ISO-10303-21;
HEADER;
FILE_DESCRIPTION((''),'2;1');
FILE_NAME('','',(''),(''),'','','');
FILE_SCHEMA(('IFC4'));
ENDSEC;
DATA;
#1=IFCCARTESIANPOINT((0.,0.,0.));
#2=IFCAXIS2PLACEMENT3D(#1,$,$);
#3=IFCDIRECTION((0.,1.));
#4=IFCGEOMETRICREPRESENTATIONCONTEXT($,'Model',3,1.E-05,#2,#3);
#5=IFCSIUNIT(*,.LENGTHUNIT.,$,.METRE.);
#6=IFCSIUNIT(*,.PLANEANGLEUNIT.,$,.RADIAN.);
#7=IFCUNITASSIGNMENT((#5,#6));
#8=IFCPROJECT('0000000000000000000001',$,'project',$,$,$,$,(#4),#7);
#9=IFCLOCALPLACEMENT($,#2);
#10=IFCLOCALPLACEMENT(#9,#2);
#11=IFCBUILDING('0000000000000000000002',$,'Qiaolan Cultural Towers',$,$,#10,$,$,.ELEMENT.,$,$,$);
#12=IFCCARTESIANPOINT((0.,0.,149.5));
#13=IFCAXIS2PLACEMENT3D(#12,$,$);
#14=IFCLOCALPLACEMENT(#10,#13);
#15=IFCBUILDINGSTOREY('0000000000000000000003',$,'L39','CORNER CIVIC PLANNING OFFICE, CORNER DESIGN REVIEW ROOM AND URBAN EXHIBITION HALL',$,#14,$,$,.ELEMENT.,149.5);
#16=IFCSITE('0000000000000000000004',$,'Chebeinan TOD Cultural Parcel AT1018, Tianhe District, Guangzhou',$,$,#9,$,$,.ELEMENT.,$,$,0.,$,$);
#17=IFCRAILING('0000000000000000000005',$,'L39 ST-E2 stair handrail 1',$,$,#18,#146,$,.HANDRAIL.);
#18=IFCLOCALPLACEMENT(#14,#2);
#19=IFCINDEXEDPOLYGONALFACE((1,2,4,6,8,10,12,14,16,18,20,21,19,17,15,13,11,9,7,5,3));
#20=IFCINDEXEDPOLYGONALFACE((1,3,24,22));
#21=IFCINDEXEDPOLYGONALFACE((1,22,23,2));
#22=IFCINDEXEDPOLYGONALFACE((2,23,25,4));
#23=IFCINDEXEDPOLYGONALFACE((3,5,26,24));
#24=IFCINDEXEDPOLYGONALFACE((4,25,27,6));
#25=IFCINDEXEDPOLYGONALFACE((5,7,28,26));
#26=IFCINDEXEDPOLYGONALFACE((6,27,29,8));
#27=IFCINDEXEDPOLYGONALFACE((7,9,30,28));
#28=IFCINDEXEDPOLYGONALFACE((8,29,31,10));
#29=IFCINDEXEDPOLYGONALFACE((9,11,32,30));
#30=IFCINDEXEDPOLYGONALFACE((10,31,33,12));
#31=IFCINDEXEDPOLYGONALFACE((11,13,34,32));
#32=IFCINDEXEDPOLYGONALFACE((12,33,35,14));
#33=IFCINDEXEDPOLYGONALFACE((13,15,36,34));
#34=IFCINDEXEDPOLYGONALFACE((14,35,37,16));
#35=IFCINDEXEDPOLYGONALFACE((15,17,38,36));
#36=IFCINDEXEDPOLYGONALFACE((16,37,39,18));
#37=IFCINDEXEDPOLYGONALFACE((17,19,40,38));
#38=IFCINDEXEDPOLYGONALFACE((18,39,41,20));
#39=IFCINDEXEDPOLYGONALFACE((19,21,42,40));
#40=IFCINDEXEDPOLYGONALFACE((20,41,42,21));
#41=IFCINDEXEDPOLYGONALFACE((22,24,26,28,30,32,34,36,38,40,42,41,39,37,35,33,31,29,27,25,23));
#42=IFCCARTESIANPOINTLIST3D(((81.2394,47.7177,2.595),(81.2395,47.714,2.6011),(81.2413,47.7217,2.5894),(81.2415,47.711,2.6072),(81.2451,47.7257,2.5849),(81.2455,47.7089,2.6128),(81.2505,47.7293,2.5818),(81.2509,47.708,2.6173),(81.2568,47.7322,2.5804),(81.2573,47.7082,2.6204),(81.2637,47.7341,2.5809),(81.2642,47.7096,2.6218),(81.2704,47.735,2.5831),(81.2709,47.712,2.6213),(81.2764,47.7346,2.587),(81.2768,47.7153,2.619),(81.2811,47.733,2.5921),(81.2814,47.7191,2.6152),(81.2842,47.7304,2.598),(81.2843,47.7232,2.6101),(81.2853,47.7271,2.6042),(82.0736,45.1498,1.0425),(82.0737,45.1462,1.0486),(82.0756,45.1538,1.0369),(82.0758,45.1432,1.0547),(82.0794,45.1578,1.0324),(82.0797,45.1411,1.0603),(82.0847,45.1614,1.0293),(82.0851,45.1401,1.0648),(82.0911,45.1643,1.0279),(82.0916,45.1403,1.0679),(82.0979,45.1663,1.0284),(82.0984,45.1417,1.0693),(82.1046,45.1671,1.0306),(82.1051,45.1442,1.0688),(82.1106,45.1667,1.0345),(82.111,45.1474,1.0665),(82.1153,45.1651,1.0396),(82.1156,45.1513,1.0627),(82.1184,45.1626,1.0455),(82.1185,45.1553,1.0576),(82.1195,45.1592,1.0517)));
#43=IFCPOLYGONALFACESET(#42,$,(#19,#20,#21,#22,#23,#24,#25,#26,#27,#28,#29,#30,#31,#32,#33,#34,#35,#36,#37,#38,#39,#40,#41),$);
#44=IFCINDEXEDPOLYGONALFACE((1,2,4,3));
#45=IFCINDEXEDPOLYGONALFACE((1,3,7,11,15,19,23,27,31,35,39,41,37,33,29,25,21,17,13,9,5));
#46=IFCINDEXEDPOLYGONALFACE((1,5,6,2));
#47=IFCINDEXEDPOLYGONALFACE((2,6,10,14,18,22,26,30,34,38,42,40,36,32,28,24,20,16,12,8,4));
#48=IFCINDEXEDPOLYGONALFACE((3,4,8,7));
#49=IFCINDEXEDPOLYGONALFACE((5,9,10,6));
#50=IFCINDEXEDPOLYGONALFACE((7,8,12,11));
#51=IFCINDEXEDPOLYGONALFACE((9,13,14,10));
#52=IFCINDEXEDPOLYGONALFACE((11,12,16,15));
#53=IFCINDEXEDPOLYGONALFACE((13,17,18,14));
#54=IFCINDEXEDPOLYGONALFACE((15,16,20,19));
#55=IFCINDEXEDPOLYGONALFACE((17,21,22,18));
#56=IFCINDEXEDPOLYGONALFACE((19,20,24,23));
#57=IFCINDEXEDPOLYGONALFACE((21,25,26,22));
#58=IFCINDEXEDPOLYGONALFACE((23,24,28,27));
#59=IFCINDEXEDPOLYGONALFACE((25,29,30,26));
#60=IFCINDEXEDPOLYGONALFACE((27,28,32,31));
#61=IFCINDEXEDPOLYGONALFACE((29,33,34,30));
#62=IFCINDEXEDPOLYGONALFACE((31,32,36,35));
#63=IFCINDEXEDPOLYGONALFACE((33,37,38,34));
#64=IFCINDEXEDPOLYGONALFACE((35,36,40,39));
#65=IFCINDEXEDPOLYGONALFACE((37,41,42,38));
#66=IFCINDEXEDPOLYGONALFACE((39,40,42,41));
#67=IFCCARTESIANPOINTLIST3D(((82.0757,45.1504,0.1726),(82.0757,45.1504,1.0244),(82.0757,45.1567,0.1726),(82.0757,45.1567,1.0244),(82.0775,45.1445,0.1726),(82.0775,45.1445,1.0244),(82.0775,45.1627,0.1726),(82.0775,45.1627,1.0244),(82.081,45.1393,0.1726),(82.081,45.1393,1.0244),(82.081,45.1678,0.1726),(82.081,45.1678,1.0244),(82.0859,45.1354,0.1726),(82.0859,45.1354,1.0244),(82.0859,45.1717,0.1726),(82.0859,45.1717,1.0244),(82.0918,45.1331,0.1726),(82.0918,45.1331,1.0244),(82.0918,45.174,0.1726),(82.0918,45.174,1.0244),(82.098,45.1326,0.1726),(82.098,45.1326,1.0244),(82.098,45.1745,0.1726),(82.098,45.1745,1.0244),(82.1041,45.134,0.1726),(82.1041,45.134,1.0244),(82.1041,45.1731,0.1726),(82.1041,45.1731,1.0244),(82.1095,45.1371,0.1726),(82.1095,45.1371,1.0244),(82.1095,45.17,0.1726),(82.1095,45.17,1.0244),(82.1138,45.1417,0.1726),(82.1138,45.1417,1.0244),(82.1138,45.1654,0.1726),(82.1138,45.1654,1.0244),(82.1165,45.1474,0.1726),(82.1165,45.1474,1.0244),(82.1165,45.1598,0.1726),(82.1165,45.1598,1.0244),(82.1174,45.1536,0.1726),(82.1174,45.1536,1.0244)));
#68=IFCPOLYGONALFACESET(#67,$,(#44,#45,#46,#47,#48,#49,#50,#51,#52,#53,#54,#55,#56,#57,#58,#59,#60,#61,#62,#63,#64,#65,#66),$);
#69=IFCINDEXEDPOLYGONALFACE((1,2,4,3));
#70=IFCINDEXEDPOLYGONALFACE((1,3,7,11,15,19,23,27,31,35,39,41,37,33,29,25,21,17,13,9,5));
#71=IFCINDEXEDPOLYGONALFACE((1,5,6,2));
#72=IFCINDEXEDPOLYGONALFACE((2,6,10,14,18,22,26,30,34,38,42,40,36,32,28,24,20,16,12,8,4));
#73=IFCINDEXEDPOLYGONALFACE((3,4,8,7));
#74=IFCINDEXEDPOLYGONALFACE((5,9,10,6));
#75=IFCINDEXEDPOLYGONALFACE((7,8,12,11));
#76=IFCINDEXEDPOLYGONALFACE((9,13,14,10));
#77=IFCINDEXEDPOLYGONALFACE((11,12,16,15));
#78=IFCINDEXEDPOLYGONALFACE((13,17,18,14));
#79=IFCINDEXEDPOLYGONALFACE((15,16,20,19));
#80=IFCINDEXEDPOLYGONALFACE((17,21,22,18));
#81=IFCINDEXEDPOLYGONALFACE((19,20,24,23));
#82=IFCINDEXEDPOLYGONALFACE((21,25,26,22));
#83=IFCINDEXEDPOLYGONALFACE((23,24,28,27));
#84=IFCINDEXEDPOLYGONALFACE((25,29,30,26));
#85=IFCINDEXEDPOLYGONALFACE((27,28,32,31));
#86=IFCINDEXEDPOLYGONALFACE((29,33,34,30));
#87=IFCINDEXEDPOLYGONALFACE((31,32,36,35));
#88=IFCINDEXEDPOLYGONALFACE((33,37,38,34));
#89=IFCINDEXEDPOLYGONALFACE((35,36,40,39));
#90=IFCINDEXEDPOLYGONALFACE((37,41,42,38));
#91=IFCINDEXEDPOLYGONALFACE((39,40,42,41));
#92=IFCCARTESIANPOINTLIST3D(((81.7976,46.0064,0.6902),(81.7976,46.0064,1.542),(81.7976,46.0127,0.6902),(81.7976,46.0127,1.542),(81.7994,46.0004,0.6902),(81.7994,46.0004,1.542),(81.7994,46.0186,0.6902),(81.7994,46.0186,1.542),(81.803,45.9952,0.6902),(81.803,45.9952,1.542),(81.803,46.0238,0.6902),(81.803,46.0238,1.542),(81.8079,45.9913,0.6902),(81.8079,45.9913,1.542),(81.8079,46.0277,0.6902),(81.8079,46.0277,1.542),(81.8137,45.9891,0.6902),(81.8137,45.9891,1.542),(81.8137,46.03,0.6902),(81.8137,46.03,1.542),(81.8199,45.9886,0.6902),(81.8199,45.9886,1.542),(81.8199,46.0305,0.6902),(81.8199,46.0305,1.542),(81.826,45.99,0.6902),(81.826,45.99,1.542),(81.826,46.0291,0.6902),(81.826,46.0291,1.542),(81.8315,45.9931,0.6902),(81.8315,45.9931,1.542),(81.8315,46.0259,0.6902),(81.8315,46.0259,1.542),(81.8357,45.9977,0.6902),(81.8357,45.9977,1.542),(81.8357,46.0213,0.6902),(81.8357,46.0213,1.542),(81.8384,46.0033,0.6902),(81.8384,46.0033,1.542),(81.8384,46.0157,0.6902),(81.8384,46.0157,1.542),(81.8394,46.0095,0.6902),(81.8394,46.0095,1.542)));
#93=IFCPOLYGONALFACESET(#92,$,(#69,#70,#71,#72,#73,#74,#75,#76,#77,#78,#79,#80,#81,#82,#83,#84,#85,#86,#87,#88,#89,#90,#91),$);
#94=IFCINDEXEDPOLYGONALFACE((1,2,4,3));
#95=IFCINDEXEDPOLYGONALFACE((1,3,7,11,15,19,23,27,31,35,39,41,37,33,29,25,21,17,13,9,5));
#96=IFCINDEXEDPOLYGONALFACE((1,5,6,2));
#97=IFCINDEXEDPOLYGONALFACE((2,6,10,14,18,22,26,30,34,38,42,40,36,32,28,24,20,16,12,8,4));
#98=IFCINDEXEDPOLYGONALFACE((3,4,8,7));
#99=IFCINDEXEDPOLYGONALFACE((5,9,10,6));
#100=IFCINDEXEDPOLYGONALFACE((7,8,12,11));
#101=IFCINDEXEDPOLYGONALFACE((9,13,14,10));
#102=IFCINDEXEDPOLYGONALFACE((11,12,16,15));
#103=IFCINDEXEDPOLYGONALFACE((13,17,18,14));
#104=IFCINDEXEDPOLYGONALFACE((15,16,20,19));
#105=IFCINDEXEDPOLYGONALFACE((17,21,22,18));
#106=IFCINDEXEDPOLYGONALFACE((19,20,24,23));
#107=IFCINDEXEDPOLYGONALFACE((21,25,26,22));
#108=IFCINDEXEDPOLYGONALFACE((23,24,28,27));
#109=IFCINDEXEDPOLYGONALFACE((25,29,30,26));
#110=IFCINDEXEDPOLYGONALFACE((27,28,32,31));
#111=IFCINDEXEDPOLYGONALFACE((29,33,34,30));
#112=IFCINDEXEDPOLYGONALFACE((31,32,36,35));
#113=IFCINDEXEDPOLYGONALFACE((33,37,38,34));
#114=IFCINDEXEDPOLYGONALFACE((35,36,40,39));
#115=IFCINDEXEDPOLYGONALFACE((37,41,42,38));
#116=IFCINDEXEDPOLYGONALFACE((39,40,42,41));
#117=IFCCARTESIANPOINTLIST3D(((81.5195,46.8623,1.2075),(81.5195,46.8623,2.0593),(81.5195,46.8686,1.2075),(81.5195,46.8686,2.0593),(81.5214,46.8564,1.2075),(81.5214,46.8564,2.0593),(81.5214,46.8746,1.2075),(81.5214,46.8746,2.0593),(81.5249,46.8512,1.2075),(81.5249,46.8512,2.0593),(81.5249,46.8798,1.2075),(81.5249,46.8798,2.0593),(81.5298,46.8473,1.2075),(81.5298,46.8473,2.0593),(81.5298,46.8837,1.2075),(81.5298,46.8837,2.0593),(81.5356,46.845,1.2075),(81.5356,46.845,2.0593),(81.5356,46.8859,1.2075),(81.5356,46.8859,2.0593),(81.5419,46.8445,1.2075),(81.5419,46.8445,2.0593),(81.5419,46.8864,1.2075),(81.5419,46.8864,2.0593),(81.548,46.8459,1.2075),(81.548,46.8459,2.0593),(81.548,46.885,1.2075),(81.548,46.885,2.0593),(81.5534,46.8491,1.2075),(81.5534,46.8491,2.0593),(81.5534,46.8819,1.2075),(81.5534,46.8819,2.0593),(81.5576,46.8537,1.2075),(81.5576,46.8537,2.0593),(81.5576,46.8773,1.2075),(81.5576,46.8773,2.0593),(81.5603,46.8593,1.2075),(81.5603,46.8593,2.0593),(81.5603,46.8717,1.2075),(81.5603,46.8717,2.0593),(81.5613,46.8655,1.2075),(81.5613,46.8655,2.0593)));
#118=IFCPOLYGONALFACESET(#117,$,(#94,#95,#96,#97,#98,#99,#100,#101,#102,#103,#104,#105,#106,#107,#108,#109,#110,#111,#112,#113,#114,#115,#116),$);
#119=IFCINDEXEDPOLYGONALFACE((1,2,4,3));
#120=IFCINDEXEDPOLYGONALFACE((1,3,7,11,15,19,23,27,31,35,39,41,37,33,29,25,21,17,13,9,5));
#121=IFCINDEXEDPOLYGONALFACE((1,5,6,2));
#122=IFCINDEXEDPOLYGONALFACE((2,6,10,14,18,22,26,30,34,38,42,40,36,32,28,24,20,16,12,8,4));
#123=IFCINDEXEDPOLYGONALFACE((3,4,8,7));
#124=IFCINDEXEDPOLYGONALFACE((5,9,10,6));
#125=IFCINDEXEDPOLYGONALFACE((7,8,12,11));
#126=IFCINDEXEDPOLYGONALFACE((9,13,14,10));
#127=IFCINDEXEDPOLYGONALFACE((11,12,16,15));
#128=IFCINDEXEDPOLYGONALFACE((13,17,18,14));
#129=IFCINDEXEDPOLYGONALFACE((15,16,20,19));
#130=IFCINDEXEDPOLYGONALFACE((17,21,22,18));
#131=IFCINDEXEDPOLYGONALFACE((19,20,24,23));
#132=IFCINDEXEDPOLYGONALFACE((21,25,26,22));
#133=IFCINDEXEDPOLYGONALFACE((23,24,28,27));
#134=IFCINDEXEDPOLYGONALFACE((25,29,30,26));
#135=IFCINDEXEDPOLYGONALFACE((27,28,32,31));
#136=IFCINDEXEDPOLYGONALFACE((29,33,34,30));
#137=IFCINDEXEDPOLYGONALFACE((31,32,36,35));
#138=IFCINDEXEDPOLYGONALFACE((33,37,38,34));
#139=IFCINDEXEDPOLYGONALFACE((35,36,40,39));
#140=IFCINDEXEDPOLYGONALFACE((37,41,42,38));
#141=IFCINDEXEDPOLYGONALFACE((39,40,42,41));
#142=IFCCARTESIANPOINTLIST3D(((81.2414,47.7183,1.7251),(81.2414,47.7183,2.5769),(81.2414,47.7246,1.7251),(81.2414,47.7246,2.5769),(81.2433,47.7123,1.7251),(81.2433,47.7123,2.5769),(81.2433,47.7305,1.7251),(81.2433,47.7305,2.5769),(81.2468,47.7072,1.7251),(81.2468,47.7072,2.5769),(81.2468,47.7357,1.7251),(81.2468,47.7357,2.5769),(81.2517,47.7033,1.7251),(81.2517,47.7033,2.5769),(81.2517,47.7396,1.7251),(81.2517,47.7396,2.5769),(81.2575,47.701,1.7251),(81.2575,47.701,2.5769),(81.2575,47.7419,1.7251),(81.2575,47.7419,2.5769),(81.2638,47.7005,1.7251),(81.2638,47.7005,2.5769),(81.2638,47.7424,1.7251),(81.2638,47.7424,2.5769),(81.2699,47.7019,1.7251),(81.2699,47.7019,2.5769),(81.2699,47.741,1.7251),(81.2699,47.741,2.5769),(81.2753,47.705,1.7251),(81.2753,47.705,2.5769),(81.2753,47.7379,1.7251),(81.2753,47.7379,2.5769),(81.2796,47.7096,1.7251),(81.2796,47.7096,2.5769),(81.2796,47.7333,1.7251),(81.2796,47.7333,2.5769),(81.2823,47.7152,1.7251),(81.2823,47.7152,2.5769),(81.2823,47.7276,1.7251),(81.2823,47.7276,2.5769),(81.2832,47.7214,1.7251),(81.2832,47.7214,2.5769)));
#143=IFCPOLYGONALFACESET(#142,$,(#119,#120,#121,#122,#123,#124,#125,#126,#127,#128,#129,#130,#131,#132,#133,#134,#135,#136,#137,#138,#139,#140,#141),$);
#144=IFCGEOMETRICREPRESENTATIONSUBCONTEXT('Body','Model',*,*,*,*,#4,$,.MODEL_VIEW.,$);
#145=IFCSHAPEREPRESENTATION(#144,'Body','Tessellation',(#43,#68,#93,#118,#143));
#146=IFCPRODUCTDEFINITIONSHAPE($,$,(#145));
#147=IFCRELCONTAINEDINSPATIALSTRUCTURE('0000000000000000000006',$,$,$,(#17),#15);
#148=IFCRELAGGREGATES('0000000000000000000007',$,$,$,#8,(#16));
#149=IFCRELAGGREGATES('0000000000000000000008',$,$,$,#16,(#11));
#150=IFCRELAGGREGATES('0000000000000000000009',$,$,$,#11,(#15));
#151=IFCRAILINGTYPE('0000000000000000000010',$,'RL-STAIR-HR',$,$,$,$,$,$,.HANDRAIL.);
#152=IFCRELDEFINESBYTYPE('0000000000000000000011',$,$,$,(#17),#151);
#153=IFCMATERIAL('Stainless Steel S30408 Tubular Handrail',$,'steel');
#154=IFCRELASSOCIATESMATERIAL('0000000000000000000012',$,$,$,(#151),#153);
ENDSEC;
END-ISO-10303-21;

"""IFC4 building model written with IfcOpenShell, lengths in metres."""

from ifc_helpers import new_model, si_unit, direction, frame, origin, origin_2d, place, context, subcontext, project, spatial, circle, extrude, material, type_object, element, save


model = new_model("IFC4")

# Units and contexts
model_context = context("Model", 3, precision=1e-05, world=origin(), true_north=direction((0.0, 1.0)))
body_context = subcontext(model_context, "Body", "Model", "MODEL_VIEW")
ifc_project = project(units=[si_unit("LENGTHUNIT", "METRE"), si_unit("PLANEANGLEUNIT", "RADIAN")], contexts=[model_context])

# Site, building, storey
site_placement = place(None, origin())
site = spatial("IfcSite", under=ifc_project, at=site_placement, Name="Chebeinan TOD Cultural Parcel AT1018, Tianhe District, Guangzhou", CompositionType="ELEMENT", RefElevation=0.0)
building_placement = place(site_placement, origin())
building = spatial("IfcBuilding", under=site, at=building_placement, Name="Qiaolan Cultural Towers", CompositionType="ELEMENT")
storey_placement = place(building_placement, frame((0.0, 0.0, 149.5)))
storey = spatial("IfcBuildingStorey", under=building, at=storey_placement, Name="L39", Description="CORNER CIVIC PLANNING OFFICE, CORNER DESIGN REVIEW ROOM AND URBAN EXHIBITION HALL", CompositionType="ELEMENT", Elevation=149.5)

# Railing
ifc_material_1 = material(Name="Stainless Steel S30408 Tubular Handrail", Category="steel")
railing_type_1 = type_object("IfcRailingType", Name="RL-STAIR-HR", PredefinedType="HANDRAIL", material=ifc_material_1)
railing_1_placement = place(storey_placement, frame((82.0964, 45.1536, 0.1726)))
element("IfcRailing", 1, at=railing_1_placement, inside=storey, type_object=railing_type_1, Name="L39 ST-E2 stair handrail 1", PredefinedType="HANDRAIL", context=body_context, shape_type="SweptSolid", body=[
    extrude(circle(Radius=0.0239, at=origin_2d()), frame((0.0, 0.0, 0.876), z_axis=(-0.267853, 0.824488, 0.498471), x_axis=(-0.95107, -0.308976, 0.0)), (0.0, 0.0, 1.0), 3.1145),
    extrude(circle(Radius=0.021, at=origin_2d()), origin(), (0.0, 0.0, 1.0), 0.8518),
    extrude(circle(Radius=0.021, at=origin_2d()), frame((-0.2781, 0.856, 0.5176)), (0.0, 0.0, 1.0), 0.8518),
    extrude(circle(Radius=0.021, at=origin_2d()), frame((-0.5562, 1.7119, 1.0349)), (0.0, 0.0, 1.0), 0.8518),
    extrude(circle(Radius=0.021, at=origin_2d()), frame((-0.8342, 2.5679, 1.5525)), (0.0, 0.0, 1.0), 0.8518),
])

save(model, "model.ifc")
